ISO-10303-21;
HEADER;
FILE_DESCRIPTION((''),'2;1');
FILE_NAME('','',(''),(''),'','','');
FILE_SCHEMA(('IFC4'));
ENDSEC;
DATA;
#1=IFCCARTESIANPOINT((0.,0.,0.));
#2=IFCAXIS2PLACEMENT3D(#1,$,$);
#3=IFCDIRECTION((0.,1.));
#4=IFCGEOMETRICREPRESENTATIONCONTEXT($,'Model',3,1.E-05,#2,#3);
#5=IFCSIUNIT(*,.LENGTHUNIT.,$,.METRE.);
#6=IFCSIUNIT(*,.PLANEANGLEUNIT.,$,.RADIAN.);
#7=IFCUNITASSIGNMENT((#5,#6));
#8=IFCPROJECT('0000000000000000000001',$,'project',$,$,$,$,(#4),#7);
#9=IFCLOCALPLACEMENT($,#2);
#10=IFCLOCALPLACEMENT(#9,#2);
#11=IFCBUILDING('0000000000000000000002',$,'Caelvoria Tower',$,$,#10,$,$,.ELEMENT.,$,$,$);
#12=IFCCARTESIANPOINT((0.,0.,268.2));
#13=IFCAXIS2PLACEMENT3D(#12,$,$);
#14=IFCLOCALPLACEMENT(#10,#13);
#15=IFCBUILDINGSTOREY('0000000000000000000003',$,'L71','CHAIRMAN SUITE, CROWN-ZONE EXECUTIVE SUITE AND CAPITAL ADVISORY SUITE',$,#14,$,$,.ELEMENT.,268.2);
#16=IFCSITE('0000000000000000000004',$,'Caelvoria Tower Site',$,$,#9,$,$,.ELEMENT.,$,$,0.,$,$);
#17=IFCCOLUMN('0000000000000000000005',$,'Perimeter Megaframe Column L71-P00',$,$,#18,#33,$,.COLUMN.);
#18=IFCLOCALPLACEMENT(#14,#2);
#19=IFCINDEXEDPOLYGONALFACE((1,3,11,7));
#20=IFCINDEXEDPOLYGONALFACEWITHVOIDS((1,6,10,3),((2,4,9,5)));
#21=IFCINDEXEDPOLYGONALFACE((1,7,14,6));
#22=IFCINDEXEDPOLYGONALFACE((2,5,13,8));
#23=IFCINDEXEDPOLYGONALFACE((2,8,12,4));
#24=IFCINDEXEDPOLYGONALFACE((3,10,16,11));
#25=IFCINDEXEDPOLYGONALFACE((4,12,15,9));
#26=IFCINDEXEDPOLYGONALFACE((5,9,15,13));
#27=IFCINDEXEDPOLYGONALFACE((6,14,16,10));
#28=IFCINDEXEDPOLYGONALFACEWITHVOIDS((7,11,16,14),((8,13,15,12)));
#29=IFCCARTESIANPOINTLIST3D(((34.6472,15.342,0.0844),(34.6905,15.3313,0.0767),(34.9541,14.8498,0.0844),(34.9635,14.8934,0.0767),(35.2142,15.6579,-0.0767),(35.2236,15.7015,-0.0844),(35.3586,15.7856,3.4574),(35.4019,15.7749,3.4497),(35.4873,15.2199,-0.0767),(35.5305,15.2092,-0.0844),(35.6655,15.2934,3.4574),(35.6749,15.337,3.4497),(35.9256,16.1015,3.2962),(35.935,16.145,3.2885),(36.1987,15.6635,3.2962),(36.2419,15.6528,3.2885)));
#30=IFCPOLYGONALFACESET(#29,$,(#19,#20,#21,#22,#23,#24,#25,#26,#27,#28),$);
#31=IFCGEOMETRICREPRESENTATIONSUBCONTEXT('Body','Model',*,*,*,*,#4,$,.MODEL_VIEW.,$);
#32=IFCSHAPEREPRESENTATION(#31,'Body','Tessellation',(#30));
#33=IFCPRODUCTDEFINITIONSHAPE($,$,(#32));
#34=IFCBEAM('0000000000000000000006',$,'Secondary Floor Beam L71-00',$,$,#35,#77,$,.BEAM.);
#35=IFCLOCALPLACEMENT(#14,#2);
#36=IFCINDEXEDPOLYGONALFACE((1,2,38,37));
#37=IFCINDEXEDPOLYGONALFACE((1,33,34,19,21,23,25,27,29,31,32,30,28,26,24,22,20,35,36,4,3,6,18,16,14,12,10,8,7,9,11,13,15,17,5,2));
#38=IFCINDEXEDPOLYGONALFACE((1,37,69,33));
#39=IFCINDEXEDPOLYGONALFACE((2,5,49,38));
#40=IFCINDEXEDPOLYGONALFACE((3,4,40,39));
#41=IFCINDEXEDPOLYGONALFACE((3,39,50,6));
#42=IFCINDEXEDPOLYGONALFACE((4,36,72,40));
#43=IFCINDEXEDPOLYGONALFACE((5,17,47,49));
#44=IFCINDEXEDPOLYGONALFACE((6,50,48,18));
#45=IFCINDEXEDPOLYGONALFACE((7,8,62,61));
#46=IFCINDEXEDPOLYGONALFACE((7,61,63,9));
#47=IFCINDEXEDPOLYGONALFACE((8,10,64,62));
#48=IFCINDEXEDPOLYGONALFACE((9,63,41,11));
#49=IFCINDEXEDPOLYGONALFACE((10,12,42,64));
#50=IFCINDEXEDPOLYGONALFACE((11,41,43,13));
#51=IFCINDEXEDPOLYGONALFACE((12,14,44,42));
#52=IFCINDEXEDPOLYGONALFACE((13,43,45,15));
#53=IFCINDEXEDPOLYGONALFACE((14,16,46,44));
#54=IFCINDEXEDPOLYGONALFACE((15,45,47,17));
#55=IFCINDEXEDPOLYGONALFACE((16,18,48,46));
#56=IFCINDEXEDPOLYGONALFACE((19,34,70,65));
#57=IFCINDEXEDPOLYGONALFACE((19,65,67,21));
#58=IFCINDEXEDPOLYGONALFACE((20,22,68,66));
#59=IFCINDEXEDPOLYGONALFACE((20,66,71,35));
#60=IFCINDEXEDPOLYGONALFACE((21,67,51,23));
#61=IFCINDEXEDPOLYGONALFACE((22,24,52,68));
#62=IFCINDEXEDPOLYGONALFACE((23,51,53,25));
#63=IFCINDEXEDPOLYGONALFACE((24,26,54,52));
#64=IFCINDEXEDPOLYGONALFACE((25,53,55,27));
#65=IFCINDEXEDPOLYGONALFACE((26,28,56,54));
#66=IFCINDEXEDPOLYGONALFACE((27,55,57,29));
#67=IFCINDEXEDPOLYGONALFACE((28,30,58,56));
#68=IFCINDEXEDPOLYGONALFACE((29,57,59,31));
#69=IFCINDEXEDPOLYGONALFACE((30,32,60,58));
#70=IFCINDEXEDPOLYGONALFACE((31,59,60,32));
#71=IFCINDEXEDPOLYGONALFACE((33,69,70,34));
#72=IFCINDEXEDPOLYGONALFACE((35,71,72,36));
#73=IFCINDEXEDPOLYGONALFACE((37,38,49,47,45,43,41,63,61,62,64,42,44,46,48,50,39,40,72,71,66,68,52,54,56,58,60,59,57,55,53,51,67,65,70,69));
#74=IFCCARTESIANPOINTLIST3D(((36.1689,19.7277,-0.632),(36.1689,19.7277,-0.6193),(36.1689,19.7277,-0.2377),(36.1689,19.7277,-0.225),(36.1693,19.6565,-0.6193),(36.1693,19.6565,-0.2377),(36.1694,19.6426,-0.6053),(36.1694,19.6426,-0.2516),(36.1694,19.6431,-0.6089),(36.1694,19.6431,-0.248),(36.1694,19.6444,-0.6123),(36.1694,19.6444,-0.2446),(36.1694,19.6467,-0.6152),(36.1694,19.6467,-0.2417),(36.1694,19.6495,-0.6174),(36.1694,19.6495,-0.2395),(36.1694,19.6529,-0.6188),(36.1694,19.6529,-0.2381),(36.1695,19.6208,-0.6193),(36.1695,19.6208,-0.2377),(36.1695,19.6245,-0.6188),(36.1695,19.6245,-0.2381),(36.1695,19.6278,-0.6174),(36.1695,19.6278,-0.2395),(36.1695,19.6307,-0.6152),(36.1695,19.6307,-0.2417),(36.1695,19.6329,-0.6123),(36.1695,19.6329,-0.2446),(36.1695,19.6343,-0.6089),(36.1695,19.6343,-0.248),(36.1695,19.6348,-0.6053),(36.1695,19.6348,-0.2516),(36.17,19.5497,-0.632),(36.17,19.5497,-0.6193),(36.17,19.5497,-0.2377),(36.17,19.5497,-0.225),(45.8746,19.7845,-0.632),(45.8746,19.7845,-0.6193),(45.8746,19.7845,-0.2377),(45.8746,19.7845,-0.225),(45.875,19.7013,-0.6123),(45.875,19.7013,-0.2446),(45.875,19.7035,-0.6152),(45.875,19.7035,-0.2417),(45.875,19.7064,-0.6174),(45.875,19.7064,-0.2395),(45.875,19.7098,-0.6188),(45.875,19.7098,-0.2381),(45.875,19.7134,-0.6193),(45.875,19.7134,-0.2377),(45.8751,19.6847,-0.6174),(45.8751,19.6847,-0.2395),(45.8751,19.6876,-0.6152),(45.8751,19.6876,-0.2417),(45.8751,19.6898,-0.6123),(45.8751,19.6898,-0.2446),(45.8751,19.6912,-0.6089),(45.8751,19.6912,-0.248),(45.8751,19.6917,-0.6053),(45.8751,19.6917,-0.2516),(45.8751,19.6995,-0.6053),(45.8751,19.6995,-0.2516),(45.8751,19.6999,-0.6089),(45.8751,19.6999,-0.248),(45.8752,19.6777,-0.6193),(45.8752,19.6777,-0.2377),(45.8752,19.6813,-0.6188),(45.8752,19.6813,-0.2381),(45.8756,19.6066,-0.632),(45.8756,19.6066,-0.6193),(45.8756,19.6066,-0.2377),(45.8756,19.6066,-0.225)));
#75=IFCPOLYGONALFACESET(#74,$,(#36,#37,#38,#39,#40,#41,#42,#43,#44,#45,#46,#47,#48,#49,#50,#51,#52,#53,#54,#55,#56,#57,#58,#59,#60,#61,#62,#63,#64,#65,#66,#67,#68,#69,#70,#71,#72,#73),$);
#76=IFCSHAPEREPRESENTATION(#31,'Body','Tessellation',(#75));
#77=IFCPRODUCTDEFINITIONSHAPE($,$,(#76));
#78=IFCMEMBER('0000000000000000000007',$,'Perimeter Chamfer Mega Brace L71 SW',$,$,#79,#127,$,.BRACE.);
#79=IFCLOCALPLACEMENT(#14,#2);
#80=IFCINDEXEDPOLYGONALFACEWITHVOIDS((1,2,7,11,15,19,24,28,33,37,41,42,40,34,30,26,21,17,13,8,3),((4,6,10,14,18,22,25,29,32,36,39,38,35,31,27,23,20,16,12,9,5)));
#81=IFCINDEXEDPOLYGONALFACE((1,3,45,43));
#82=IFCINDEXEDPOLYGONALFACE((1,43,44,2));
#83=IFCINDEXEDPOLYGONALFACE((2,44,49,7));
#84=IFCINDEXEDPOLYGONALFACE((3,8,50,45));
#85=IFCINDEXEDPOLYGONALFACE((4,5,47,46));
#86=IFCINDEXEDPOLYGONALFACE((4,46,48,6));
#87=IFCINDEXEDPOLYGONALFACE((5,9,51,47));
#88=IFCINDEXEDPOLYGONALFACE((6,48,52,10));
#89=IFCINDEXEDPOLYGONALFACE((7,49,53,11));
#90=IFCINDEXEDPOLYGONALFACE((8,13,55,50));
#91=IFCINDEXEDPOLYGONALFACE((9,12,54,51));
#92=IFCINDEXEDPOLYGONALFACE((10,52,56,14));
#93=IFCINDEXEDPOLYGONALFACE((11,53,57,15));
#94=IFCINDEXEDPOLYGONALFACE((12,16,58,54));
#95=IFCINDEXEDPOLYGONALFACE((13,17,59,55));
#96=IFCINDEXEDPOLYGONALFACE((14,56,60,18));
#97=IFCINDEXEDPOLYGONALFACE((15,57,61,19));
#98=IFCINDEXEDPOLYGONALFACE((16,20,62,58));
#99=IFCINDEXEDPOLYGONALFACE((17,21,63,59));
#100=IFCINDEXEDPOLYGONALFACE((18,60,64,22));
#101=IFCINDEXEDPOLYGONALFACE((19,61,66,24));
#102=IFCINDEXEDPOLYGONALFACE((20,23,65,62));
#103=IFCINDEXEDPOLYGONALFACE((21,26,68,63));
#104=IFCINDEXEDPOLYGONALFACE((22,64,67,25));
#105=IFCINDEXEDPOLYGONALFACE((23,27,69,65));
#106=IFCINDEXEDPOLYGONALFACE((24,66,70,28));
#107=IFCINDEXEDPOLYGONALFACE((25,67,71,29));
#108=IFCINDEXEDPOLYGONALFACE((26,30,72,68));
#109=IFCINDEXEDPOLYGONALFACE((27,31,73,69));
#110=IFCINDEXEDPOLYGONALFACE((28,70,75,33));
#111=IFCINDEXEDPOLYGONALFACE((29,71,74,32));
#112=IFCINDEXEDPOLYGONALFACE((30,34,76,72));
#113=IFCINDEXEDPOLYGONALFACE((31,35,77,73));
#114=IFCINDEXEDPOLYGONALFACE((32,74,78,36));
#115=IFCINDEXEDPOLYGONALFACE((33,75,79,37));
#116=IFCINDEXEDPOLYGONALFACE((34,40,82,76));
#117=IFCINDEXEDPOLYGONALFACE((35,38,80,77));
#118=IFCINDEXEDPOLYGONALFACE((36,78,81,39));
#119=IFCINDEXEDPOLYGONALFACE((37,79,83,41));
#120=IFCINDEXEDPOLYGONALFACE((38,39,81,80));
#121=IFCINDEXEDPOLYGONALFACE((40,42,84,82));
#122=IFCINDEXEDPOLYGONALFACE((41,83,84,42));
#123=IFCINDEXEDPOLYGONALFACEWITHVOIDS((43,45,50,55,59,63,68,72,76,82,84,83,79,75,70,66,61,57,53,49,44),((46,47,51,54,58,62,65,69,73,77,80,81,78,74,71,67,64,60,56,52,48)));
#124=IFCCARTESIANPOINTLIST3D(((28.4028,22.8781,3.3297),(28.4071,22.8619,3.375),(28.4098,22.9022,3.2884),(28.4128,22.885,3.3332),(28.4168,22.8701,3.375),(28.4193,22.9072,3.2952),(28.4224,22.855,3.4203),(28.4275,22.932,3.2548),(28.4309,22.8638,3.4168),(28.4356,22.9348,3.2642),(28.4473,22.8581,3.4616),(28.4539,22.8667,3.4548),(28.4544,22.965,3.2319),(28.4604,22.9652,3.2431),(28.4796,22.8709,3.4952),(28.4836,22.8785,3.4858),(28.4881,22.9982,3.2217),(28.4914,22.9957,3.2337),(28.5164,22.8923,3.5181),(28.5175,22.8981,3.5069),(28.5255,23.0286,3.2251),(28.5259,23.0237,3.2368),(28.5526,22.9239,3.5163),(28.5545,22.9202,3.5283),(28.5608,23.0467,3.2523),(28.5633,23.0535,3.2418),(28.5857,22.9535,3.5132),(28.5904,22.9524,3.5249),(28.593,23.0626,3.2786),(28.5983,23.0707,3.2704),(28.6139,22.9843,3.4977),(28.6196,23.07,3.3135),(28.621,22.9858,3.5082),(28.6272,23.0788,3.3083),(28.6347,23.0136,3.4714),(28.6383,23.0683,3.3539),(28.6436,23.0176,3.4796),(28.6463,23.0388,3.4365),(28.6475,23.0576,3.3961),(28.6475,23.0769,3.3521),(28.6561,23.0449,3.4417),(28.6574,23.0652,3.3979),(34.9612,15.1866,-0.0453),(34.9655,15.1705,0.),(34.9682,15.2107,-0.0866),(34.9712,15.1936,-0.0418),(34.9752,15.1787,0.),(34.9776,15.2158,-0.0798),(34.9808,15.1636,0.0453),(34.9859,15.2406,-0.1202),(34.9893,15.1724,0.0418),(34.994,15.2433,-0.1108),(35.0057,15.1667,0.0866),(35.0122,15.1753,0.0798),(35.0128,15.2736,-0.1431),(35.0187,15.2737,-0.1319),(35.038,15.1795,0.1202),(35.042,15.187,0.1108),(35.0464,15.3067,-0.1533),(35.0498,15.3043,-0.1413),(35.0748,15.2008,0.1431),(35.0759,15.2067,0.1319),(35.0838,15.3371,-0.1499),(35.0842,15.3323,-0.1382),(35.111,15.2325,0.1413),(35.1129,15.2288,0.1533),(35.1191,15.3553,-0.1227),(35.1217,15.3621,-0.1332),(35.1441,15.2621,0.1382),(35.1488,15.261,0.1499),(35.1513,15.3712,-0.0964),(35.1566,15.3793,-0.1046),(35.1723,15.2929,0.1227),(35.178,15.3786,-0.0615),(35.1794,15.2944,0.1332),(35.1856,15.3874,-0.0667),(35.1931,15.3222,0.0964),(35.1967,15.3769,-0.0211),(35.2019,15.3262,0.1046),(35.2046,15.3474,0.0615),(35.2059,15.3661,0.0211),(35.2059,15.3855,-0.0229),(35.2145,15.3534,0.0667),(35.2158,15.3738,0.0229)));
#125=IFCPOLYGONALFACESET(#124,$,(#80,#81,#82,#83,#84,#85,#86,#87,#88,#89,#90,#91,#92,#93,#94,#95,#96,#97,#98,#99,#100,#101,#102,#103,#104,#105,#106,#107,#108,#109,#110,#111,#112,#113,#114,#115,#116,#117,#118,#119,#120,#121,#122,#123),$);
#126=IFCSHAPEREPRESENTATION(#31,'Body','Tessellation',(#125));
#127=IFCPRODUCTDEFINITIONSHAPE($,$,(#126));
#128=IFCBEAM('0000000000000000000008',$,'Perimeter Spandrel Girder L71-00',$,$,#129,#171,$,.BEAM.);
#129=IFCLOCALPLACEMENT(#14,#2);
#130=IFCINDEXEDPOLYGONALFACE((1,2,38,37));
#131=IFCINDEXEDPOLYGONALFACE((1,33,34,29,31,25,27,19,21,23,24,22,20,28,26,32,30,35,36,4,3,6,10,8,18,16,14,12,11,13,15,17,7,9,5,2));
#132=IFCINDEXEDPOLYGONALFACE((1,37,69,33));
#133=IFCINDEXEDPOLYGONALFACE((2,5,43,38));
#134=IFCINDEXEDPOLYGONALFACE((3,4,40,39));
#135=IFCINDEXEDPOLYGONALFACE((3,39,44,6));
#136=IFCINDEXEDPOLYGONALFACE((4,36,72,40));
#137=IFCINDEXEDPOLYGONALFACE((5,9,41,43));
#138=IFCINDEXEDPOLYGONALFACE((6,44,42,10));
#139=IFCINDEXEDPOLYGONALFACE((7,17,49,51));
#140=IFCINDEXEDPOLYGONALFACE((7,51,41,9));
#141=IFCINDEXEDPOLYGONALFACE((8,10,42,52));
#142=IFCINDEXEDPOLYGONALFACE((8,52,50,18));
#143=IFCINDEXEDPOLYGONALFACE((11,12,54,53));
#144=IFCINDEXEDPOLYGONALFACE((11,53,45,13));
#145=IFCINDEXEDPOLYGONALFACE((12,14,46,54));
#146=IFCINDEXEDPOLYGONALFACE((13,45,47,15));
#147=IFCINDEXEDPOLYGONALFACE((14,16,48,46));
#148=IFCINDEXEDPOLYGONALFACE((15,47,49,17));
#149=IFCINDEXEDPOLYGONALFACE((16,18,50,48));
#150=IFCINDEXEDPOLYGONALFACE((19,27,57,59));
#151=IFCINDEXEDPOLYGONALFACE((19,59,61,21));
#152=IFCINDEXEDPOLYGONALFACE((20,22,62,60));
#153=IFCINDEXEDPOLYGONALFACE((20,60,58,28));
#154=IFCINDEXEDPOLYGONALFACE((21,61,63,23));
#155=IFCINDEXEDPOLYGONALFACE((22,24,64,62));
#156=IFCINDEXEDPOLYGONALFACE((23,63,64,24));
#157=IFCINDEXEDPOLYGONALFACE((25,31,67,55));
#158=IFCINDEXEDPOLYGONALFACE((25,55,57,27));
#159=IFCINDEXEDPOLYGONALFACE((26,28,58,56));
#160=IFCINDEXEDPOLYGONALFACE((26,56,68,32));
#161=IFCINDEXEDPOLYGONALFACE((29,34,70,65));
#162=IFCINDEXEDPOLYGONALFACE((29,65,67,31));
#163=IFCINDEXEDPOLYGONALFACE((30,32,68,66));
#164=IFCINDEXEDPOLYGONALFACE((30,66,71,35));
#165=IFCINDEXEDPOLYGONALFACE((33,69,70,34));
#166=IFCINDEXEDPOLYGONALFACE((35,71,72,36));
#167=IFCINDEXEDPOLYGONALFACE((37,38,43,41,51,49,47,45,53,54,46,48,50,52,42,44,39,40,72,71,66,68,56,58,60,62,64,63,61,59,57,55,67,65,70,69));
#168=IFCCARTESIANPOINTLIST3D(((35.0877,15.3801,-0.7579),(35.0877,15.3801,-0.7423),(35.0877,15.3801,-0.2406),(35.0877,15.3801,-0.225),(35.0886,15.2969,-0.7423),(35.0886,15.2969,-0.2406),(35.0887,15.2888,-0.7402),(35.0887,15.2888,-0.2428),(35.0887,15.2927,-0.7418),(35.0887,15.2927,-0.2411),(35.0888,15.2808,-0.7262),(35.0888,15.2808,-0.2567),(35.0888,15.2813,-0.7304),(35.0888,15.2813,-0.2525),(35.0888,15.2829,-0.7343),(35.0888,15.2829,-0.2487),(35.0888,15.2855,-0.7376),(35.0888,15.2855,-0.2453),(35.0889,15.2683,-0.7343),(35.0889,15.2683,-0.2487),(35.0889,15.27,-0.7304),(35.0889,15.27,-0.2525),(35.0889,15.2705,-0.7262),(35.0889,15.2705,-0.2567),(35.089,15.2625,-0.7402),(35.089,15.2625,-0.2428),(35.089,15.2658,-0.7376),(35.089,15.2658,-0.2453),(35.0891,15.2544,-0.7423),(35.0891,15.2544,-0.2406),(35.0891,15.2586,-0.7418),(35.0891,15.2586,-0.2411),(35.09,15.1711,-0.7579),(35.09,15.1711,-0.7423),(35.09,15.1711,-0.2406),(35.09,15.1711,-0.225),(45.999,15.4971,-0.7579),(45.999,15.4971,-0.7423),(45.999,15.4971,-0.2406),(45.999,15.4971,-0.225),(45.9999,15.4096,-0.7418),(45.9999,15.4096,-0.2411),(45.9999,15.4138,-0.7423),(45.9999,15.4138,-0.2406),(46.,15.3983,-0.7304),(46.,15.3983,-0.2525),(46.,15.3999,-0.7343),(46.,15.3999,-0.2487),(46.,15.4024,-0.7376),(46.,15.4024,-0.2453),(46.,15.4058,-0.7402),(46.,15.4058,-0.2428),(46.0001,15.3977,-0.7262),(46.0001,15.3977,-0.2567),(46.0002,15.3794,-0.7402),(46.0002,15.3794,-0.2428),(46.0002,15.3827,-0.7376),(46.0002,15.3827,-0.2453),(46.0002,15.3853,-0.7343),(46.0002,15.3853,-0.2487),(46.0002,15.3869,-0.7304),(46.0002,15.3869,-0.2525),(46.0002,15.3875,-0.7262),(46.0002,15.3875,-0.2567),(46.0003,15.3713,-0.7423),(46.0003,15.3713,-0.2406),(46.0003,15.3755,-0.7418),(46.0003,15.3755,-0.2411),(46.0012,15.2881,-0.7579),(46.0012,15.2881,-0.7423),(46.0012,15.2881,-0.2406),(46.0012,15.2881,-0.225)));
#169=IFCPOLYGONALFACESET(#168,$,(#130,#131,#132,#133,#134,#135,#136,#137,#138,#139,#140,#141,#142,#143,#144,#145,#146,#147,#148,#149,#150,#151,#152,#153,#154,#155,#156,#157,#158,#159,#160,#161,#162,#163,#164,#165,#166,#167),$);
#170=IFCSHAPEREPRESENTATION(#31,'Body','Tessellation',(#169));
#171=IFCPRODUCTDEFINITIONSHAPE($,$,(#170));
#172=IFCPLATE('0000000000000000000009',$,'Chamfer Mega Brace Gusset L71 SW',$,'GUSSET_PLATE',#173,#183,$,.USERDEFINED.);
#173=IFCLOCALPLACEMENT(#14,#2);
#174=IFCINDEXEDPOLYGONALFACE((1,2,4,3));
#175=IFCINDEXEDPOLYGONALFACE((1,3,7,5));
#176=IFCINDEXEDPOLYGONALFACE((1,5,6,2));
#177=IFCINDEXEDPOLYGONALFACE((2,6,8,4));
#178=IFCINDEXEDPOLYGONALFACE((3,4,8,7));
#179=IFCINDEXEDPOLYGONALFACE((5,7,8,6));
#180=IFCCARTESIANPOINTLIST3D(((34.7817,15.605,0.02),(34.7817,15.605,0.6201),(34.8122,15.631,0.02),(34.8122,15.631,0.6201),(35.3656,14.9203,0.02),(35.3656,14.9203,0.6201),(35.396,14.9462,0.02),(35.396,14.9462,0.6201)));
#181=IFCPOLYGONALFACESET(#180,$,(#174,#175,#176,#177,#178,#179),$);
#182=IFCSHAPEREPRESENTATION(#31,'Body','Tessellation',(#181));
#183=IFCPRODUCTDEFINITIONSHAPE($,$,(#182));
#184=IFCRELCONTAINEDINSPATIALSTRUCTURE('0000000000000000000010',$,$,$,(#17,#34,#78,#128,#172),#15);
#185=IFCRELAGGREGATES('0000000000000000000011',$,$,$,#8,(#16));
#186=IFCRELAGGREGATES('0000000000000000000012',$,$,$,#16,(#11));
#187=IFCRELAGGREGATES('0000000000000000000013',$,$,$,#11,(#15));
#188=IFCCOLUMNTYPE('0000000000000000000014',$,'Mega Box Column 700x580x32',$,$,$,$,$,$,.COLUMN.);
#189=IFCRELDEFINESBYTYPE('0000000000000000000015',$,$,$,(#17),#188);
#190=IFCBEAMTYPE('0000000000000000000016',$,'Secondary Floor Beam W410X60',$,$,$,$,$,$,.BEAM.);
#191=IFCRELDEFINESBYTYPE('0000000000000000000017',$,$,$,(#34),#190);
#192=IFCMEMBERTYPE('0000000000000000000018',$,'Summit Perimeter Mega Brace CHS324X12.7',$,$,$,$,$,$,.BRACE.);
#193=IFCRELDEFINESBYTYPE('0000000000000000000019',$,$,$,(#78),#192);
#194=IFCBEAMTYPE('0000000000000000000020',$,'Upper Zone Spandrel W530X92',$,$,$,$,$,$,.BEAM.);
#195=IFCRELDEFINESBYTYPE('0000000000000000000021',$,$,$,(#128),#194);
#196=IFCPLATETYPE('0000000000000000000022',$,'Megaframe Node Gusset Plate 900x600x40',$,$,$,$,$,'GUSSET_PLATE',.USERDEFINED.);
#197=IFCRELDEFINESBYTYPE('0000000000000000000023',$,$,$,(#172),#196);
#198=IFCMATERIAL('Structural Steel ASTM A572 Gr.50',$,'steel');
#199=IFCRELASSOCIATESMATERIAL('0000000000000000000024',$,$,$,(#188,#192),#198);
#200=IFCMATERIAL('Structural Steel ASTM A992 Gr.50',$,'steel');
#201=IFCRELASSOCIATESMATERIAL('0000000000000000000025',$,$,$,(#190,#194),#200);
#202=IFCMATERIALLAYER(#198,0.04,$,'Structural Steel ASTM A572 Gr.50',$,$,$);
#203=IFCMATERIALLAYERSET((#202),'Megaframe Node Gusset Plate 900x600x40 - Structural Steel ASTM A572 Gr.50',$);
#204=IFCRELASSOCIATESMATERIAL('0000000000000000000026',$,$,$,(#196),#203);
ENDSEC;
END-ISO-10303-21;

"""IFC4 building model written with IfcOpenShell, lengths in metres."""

from ifc_helpers import new_model, si_unit, direction, frame, origin, origin_2d, place, context, subcontext, project, spatial, rectangle, hollow_rectangle, hollow_circle, i_section, extrude, material, layer, layer_set, material_profile, profile_set, type_object, element, save


model = new_model("IFC4")

# Units and contexts
model_context = context("Model", 3, precision=1e-05, world=origin(), true_north=direction((0.0, 1.0)))
body_context = subcontext(model_context, "Body", "Model", "MODEL_VIEW")
ifc_project = project(units=[si_unit("LENGTHUNIT", "METRE"), si_unit("PLANEANGLEUNIT", "RADIAN")], contexts=[model_context])

# Site, building, storey
site_placement = place(None, origin())
site = spatial("IfcSite", under=ifc_project, at=site_placement, Name="Caelvoria Tower Site", CompositionType="ELEMENT", RefElevation=0.0)
building_placement = place(site_placement, origin())
building = spatial("IfcBuilding", under=site, at=building_placement, Name="Caelvoria Tower", CompositionType="ELEMENT")
storey_placement = place(building_placement, frame((0.0, 0.0, 268.2)))
storey = spatial("IfcBuildingStorey", under=building, at=storey_placement, Name="L71", Description="CHAIRMAN SUITE, CROWN-ZONE EXECUTIVE SUITE AND CAPITAL ADVISORY SUITE", CompositionType="ELEMENT", Elevation=268.2)

# Column
ifc_material_1 = material(Name="Structural Steel ASTM A572 Gr.50", Category="steel")
ifc_material_profile_1 = material_profile(ifc_material_1, hollow_rectangle(XDim=0.5801, YDim=0.7, WallThickness=0.032, at=origin_2d()), Name="Structural Steel ASTM A572 Gr.50")
ifc_profile_set_1 = profile_set([ifc_material_profile_1], Name="BOX700X580X32 - Structural Steel ASTM A572 Gr.50")
column_type = type_object("IfcColumnType", Name="Mega Box Column 700x580x32", PredefinedType="COLUMN", material=ifc_profile_set_1)
column_placement = place(storey_placement, frame((35.0889, 15.2756, 0.0), z_axis=(0.204687, 0.127631, 0.970471), x_axis=(-0.529109, 0.848554, 0.0)))
element("IfcColumn", 1, at=column_placement, inside=storey, type_object=column_type, Name="Perimeter Megaframe Column L71-P00", PredefinedType="COLUMN", context=body_context, shape_type="SweptSolid", body=[
    extrude(hollow_rectangle(XDim=0.5801, YDim=0.7, WallThickness=0.032, at=origin_2d()), origin(), (0.0, 0.0, 1.0), 3.4756),
])

# Beam
ifc_material_2 = material(Name="Structural Steel ASTM A992 Gr.50", Category="steel")
ifc_material_profile_2 = material_profile(ifc_material_2, i_section(OverallWidth=0.178, OverallDepth=0.407, WebThickness=0.0078, FlangeThickness=0.0127, FilletRadius=0.0139, at=origin_2d()), Name="Structural Steel ASTM A992 Gr.50")
ifc_profile_set_2 = profile_set([ifc_material_profile_2], Name="W410X60 - Structural Steel ASTM A992 Gr.50")
beam_type_1 = type_object("IfcBeamType", Name="Secondary Floor Beam W410X60", PredefinedType="BEAM", material=ifc_profile_set_2)
beam_1_placement = place(storey_placement, frame((36.1694, 19.6387, -0.4285), z_axis=(0.999983, 0.005861, 0.0), x_axis=(-0.005861, 0.999983, 0.0)))
element("IfcBeam", 2, at=beam_1_placement, inside=storey, type_object=beam_type_1, Name="Secondary Floor Beam L71-00", PredefinedType="BEAM", context=body_context, shape_type="SweptSolid", body=[
    extrude(i_section(OverallWidth=0.178, OverallDepth=0.407, WebThickness=0.0078, FlangeThickness=0.0127, FilletRadius=0.0139, at=origin_2d()), origin(), (0.0, 0.0, 1.0), 9.7058),
])

# Member
ifc_material_profile_3 = material_profile(ifc_material_1, hollow_circle(Radius=0.1621, WallThickness=0.0127, at=origin_2d()), Name="Structural Steel ASTM A572 Gr.50")
ifc_profile_set_3 = profile_set([ifc_material_profile_3], Name="CHS324X12.7 - Structural Steel ASTM A572 Gr.50")
member_type = type_object("IfcMemberType", Name="Summit Perimeter Mega Brace CHS324X12.7", PredefinedType="BRACE", material=ifc_profile_set_3)
member_placement = place(storey_placement, frame((35.0889, 15.2756, 0.0), z_axis=(-0.615434, 0.721759, 0.316709), x_axis=(-0.76093, -0.648834, 0.0)))
element("IfcMember", 3, at=member_placement, inside=storey, type_object=member_type, Name="Perimeter Chamfer Mega Brace L71 SW", PredefinedType="BRACE", context=body_context, shape_type="SweptSolid", body=[
    extrude(hollow_circle(Radius=0.1621, WallThickness=0.0127, at=origin_2d()), origin(), (0.0, 0.0, 1.0), 10.6565),
])

# Beam
ifc_material_profile_4 = material_profile(ifc_material_2, i_section(OverallWidth=0.209, OverallDepth=0.533, WebThickness=0.0103, FlangeThickness=0.0156, FilletRadius=0.0161, at=origin_2d()), Name="Structural Steel ASTM A992 Gr.50")
ifc_profile_set_4 = profile_set([ifc_material_profile_4], Name="W530X92 - Structural Steel ASTM A992 Gr.50")
beam_type_2 = type_object("IfcBeamType", Name="Upper Zone Spandrel W530X92", PredefinedType="BEAM", material=ifc_profile_set_4)
beam_2_placement = place(storey_placement, frame((35.0889, 15.2756, -0.4915), z_axis=(0.999943, 0.010717, 0.0), x_axis=(-0.010717, 0.999943, 0.0)))
element("IfcBeam", 4, at=beam_2_placement, inside=storey, type_object=beam_type_2, Name="Perimeter Spandrel Girder L71-00", PredefinedType="BEAM", context=body_context, shape_type="SweptSolid", body=[
    extrude(i_section(OverallWidth=0.209, OverallDepth=0.533, WebThickness=0.0103, FlangeThickness=0.0156, FilletRadius=0.0161, at=origin_2d()), origin(), (0.0, 0.0, 1.0), 10.9119),
])

# Plate
ifc_layer_1 = layer(ifc_material_1, 0.04, Name="Structural Steel ASTM A572 Gr.50")
ifc_layer_set_1 = layer_set([ifc_layer_1], Name="Megaframe Node Gusset Plate 900x600x40 - Structural Steel ASTM A572 Gr.50")
plate_type = type_object("IfcPlateType", Name="Megaframe Node Gusset Plate 900x600x40", ElementType="GUSSET_PLATE", PredefinedType="USERDEFINED", material=ifc_layer_set_1)
plate_placement = place(storey_placement, frame((35.0889, 15.2756, 0.02), z_axis=(0.0, 0.0, 1.0), x_axis=(-0.648837, 0.760927, 0.0)))
element("IfcPlate", 5, at=plate_placement, inside=storey, type_object=plate_type, Name="Chamfer Mega Brace Gusset L71 SW", ObjectType="GUSSET_PLATE", PredefinedType="USERDEFINED", context=body_context, shape_type="SweptSolid", body=[
    extrude(rectangle(XDim=0.8999, YDim=0.04, at=origin_2d()), origin(), (0.0, 0.0, 1.0), 0.6001),
])

save(model, "model.ifc")
